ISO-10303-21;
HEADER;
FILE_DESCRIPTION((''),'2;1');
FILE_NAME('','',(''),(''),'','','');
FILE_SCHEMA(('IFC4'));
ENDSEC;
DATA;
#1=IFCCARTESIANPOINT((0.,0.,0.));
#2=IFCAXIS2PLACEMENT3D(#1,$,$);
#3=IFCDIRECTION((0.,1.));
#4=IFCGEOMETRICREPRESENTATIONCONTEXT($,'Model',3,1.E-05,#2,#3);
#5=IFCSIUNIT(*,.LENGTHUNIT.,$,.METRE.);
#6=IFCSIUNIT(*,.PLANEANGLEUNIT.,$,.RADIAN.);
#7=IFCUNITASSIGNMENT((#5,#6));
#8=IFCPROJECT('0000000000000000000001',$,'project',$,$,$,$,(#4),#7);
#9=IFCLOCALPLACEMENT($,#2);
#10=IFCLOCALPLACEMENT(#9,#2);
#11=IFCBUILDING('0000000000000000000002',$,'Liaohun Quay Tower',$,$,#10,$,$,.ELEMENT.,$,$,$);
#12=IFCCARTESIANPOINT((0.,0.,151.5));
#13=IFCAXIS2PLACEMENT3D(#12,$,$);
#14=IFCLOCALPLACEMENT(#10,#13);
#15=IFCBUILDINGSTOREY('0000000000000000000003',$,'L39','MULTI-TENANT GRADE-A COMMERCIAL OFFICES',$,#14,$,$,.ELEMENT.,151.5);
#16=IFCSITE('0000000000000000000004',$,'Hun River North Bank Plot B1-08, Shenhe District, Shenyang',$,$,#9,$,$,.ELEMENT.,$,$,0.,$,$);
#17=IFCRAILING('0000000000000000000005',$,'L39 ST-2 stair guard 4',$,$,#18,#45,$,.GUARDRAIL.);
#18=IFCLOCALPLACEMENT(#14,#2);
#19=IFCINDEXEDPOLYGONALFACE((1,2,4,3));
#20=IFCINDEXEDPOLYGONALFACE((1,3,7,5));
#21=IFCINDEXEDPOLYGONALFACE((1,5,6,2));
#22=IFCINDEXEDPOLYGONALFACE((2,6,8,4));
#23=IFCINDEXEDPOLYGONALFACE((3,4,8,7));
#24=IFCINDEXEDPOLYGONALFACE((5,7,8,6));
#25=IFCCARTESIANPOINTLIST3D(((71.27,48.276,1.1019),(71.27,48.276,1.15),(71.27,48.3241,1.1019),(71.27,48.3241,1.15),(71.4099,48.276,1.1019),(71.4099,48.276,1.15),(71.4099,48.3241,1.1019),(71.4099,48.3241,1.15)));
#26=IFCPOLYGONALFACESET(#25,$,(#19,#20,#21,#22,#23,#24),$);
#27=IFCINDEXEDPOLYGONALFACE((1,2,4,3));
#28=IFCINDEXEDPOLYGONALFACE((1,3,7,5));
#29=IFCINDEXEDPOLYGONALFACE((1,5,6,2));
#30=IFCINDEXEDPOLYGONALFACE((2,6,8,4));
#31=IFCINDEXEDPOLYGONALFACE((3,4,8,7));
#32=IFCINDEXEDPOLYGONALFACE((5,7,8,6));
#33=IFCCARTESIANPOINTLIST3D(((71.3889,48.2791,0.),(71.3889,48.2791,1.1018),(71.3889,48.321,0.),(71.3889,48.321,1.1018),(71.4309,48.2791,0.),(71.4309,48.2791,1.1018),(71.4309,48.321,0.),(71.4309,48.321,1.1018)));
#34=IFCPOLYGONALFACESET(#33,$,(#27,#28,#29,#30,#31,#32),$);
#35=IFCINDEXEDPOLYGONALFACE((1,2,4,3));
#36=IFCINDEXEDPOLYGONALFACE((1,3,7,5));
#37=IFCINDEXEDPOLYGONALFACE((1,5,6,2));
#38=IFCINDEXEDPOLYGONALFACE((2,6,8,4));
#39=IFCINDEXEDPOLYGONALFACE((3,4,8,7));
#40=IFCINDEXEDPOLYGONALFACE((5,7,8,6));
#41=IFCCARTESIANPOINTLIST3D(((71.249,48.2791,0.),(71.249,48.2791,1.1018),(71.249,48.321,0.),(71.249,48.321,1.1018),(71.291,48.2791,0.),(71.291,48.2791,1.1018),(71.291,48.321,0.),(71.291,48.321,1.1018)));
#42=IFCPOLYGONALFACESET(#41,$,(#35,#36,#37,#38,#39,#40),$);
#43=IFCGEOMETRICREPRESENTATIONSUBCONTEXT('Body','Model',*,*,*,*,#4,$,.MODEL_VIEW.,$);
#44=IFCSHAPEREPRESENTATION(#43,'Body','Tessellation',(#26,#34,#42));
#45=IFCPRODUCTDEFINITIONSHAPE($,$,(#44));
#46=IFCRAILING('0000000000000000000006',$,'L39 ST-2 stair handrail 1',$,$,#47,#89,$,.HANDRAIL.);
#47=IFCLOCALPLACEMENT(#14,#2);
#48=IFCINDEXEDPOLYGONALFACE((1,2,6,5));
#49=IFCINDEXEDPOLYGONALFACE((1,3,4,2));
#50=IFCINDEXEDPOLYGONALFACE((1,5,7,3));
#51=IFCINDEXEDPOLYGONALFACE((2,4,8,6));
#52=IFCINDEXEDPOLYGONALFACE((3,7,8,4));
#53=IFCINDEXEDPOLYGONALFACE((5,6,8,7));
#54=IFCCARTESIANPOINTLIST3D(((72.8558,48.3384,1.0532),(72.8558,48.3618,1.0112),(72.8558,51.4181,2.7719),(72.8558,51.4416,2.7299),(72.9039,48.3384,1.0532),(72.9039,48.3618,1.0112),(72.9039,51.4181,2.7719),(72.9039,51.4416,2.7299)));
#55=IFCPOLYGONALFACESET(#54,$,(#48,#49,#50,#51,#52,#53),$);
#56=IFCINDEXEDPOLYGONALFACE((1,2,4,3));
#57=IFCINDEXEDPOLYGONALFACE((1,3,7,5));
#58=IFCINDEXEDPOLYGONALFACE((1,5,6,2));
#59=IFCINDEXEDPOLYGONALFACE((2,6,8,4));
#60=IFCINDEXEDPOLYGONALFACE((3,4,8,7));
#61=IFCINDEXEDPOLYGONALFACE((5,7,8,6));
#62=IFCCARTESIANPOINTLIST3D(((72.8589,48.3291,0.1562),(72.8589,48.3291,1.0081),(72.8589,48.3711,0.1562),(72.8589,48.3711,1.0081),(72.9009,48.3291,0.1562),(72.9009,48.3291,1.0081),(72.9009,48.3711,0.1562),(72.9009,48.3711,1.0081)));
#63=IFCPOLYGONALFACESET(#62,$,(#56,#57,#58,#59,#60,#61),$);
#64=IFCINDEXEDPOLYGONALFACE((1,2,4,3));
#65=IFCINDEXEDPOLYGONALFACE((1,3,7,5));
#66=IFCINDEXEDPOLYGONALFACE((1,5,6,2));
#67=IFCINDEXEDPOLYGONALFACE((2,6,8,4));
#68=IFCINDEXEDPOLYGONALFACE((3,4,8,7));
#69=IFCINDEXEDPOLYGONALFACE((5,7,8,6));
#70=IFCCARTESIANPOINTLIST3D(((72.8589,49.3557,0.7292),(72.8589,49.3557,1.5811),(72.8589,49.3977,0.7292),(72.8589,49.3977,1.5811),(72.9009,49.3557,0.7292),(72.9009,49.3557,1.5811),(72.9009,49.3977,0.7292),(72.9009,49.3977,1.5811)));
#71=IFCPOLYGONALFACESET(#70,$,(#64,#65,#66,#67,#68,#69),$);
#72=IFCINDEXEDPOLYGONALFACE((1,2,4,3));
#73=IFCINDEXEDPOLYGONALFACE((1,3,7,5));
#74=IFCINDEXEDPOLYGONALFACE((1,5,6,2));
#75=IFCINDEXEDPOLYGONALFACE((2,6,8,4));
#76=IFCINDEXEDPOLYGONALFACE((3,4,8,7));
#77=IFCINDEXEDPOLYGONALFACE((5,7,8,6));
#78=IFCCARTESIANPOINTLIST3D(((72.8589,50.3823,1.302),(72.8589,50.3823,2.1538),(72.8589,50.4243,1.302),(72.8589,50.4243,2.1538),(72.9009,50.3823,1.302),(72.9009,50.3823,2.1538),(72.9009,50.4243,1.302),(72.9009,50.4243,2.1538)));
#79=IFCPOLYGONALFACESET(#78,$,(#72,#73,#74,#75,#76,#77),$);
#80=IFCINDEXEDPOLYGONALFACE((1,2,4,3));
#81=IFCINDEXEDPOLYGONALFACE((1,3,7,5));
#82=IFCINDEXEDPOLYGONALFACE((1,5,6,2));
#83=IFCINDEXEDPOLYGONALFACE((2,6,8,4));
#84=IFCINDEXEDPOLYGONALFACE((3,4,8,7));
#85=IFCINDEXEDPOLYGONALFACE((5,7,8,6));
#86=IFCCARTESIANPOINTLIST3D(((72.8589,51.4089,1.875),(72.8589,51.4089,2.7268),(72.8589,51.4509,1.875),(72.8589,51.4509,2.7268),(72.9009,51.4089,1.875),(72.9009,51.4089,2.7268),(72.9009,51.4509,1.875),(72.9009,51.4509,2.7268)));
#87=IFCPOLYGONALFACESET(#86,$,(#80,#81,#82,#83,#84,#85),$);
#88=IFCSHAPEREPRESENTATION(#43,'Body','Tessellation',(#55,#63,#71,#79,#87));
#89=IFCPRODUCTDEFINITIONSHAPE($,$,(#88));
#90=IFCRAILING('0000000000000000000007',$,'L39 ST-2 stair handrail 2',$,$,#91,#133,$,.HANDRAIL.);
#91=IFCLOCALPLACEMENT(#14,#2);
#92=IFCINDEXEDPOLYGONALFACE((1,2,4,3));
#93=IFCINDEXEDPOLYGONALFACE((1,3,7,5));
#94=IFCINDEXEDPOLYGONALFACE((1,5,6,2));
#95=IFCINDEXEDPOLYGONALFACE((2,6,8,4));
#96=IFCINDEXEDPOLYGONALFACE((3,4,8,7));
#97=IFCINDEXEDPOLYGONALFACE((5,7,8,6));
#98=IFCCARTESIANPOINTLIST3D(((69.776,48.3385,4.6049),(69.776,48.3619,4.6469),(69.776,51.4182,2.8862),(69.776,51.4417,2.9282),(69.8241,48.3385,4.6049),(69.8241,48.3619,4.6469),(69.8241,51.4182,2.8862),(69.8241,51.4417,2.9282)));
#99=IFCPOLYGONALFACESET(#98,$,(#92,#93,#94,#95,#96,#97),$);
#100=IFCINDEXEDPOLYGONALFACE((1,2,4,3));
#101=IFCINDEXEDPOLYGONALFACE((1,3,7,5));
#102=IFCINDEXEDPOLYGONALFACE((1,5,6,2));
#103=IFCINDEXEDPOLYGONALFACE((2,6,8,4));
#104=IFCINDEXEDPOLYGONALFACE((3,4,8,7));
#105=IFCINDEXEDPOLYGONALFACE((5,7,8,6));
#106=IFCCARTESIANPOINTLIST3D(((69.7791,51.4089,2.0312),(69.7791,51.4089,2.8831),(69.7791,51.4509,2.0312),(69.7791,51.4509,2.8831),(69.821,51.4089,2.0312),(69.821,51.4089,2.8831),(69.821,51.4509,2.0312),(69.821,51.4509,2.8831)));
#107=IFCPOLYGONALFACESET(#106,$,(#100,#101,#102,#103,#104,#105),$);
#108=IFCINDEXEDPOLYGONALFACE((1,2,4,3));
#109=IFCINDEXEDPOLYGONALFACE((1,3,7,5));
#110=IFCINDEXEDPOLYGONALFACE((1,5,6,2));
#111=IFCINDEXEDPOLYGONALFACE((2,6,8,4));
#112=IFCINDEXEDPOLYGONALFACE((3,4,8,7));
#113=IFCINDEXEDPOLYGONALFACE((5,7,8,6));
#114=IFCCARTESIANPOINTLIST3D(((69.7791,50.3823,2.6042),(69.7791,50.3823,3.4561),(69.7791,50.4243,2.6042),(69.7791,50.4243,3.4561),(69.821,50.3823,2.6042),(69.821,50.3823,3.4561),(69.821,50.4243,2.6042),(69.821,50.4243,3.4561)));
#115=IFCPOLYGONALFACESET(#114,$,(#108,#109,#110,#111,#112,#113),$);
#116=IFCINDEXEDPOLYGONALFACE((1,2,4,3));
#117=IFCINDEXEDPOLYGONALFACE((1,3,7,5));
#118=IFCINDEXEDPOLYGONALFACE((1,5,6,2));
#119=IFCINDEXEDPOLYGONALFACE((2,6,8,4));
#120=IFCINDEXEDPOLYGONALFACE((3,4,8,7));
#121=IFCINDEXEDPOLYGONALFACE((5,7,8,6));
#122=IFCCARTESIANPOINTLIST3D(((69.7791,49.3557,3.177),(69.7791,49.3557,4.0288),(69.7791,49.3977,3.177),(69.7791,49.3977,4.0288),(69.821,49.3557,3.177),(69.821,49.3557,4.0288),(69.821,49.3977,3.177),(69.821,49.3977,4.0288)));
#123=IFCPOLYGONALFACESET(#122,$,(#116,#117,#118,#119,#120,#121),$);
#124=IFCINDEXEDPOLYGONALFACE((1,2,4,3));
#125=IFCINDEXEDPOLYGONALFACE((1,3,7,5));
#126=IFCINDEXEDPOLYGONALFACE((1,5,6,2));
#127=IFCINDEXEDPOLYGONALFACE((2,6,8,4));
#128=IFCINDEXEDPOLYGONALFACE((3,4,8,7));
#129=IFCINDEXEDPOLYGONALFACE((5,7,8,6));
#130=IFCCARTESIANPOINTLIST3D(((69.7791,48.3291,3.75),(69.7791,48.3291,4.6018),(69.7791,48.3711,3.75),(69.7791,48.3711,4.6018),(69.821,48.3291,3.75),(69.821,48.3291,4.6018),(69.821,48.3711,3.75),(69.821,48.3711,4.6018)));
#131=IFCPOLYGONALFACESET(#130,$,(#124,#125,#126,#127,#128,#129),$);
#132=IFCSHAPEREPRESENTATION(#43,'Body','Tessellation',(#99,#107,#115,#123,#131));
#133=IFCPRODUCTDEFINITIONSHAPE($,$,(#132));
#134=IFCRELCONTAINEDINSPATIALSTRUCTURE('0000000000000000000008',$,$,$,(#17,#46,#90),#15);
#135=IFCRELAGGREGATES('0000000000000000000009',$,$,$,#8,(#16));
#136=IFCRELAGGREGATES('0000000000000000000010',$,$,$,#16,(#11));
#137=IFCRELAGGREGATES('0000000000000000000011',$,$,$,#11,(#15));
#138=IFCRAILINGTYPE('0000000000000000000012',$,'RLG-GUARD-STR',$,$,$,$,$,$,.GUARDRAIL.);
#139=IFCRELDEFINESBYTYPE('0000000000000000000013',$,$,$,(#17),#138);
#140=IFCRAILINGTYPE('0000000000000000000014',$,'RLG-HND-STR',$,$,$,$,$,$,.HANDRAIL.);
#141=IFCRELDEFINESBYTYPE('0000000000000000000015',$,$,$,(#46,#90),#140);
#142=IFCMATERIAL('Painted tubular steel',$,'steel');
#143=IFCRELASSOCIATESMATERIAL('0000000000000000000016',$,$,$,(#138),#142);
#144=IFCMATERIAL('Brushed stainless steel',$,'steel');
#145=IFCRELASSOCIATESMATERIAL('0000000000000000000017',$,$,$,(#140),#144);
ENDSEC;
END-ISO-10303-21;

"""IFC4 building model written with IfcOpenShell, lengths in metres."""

from ifc_helpers import new_model, si_unit, direction, frame, origin, origin_2d, place, context, subcontext, project, spatial, rectangle, extrude, material, type_object, element, save


model = new_model("IFC4")

# Units and contexts
model_context = context("Model", 3, precision=1e-05, world=origin(), true_north=direction((0.0, 1.0)))
body_context = subcontext(model_context, "Body", "Model", "MODEL_VIEW")
ifc_project = project(units=[si_unit("LENGTHUNIT", "METRE"), si_unit("PLANEANGLEUNIT", "RADIAN")], contexts=[model_context])

# Site, building, storey
site_placement = place(None, origin())
site = spatial("IfcSite", under=ifc_project, at=site_placement, Name="Hun River North Bank Plot B1-08, Shenhe District, Shenyang", CompositionType="ELEMENT", RefElevation=0.0)
building_placement = place(site_placement, origin())
building = spatial("IfcBuilding", under=site, at=building_placement, Name="Liaohun Quay Tower", CompositionType="ELEMENT")
storey_placement = place(building_placement, frame((0.0, 0.0, 151.5)))
storey = spatial("IfcBuildingStorey", under=building, at=storey_placement, Name="L39", Description="MULTI-TENANT GRADE-A COMMERCIAL OFFICES", CompositionType="ELEMENT", Elevation=151.5)

# Railings
ifc_material_1 = material(Name="Painted tubular steel", Category="steel")
railing_type_1 = type_object("IfcRailingType", Name="RLG-GUARD-STR", PredefinedType="GUARDRAIL", material=ifc_material_1)
railing_1_placement = place(storey_placement, frame((71.4099, 48.3, 0.0)))
element("IfcRailing", 1, at=railing_1_placement, inside=storey, type_object=railing_type_1, Name="L39 ST-2 stair guard 4", PredefinedType="GUARDRAIL", context=body_context, shape_type="SweptSolid", body=[
    extrude(rectangle(XDim=0.0481, YDim=0.0481, at=origin_2d()), frame((0.0, 0.0, 1.126), z_axis=(-1.0, 0.0, 0.0), x_axis=(0.0, -1.0, 0.0)), (0.0, 0.0, 1.0), 0.1399),
    extrude(rectangle(XDim=0.042, YDim=0.042, at=origin_2d()), origin(), (0.0, 0.0, 1.0), 1.1018),
    extrude(rectangle(XDim=0.042, YDim=0.042, at=origin_2d()), frame((-0.1399, 0.0, 0.0)), (0.0, 0.0, 1.0), 1.1018),
])
ifc_material_2 = material(Name="Brushed stainless steel", Category="steel")
railing_type_2 = type_object("IfcRailingType", Name="RLG-HND-STR", PredefinedType="HANDRAIL", material=ifc_material_2)
railing_2_placement = place(storey_placement, frame((72.8799, 48.3501, 0.1562)))
element("IfcRailing", 2, at=railing_2_placement, inside=storey, type_object=railing_type_2, Name="L39 ST-2 stair handrail 1", PredefinedType="HANDRAIL", context=body_context, shape_type="SweptSolid", body=[
    extrude(rectangle(XDim=0.0481, YDim=0.0481, at=origin_2d()), frame((0.0, 0.0, 0.876), z_axis=(0.0, 0.873225, 0.487317), x_axis=(-1.0, 0.0, 0.0)), (0.0, 0.0, 1.0), 3.5269),
    extrude(rectangle(XDim=0.042, YDim=0.042, at=origin_2d()), origin(), (0.0, 0.0, 1.0), 0.8518),
    extrude(rectangle(XDim=0.042, YDim=0.042, at=origin_2d()), frame((0.0, 1.0266, 0.573)), (0.0, 0.0, 1.0), 0.8518),
    extrude(rectangle(XDim=0.042, YDim=0.042, at=origin_2d()), frame((0.0, 2.0532, 1.1458)), (0.0, 0.0, 1.0), 0.8518),
    extrude(rectangle(XDim=0.042, YDim=0.042, at=origin_2d()), frame((0.0, 3.0798, 1.7188)), (0.0, 0.0, 1.0), 0.8518),
])
railing_3_placement = place(storey_placement, frame((69.8, 51.4299, 2.0312)))
element("IfcRailing", 3, at=railing_3_placement, inside=storey, type_object=railing_type_2, Name="L39 ST-2 stair handrail 2", PredefinedType="HANDRAIL", context=body_context, shape_type="SweptSolid", body=[
    extrude(rectangle(XDim=0.0481, YDim=0.0481, at=origin_2d()), frame((0.0, 0.0, 0.876), z_axis=(0.0, -0.873225, 0.487317), x_axis=(1.0, 0.0, 0.0)), (0.0, 0.0, 1.0), 3.5269),
    extrude(rectangle(XDim=0.042, YDim=0.042, at=origin_2d()), origin(), (0.0, 0.0, 1.0), 0.8518),
    extrude(rectangle(XDim=0.042, YDim=0.042, at=origin_2d()), frame((0.0, -1.0266, 0.573)), (0.0, 0.0, 1.0), 0.8518),
    extrude(rectangle(XDim=0.042, YDim=0.042, at=origin_2d()), frame((0.0, -2.0532, 1.1458)), (0.0, 0.0, 1.0), 0.8518),
    extrude(rectangle(XDim=0.042, YDim=0.042, at=origin_2d()), frame((0.0, -3.0798, 1.7188)), (0.0, 0.0, 1.0), 0.8518),
])

save(model, "model.ifc")
